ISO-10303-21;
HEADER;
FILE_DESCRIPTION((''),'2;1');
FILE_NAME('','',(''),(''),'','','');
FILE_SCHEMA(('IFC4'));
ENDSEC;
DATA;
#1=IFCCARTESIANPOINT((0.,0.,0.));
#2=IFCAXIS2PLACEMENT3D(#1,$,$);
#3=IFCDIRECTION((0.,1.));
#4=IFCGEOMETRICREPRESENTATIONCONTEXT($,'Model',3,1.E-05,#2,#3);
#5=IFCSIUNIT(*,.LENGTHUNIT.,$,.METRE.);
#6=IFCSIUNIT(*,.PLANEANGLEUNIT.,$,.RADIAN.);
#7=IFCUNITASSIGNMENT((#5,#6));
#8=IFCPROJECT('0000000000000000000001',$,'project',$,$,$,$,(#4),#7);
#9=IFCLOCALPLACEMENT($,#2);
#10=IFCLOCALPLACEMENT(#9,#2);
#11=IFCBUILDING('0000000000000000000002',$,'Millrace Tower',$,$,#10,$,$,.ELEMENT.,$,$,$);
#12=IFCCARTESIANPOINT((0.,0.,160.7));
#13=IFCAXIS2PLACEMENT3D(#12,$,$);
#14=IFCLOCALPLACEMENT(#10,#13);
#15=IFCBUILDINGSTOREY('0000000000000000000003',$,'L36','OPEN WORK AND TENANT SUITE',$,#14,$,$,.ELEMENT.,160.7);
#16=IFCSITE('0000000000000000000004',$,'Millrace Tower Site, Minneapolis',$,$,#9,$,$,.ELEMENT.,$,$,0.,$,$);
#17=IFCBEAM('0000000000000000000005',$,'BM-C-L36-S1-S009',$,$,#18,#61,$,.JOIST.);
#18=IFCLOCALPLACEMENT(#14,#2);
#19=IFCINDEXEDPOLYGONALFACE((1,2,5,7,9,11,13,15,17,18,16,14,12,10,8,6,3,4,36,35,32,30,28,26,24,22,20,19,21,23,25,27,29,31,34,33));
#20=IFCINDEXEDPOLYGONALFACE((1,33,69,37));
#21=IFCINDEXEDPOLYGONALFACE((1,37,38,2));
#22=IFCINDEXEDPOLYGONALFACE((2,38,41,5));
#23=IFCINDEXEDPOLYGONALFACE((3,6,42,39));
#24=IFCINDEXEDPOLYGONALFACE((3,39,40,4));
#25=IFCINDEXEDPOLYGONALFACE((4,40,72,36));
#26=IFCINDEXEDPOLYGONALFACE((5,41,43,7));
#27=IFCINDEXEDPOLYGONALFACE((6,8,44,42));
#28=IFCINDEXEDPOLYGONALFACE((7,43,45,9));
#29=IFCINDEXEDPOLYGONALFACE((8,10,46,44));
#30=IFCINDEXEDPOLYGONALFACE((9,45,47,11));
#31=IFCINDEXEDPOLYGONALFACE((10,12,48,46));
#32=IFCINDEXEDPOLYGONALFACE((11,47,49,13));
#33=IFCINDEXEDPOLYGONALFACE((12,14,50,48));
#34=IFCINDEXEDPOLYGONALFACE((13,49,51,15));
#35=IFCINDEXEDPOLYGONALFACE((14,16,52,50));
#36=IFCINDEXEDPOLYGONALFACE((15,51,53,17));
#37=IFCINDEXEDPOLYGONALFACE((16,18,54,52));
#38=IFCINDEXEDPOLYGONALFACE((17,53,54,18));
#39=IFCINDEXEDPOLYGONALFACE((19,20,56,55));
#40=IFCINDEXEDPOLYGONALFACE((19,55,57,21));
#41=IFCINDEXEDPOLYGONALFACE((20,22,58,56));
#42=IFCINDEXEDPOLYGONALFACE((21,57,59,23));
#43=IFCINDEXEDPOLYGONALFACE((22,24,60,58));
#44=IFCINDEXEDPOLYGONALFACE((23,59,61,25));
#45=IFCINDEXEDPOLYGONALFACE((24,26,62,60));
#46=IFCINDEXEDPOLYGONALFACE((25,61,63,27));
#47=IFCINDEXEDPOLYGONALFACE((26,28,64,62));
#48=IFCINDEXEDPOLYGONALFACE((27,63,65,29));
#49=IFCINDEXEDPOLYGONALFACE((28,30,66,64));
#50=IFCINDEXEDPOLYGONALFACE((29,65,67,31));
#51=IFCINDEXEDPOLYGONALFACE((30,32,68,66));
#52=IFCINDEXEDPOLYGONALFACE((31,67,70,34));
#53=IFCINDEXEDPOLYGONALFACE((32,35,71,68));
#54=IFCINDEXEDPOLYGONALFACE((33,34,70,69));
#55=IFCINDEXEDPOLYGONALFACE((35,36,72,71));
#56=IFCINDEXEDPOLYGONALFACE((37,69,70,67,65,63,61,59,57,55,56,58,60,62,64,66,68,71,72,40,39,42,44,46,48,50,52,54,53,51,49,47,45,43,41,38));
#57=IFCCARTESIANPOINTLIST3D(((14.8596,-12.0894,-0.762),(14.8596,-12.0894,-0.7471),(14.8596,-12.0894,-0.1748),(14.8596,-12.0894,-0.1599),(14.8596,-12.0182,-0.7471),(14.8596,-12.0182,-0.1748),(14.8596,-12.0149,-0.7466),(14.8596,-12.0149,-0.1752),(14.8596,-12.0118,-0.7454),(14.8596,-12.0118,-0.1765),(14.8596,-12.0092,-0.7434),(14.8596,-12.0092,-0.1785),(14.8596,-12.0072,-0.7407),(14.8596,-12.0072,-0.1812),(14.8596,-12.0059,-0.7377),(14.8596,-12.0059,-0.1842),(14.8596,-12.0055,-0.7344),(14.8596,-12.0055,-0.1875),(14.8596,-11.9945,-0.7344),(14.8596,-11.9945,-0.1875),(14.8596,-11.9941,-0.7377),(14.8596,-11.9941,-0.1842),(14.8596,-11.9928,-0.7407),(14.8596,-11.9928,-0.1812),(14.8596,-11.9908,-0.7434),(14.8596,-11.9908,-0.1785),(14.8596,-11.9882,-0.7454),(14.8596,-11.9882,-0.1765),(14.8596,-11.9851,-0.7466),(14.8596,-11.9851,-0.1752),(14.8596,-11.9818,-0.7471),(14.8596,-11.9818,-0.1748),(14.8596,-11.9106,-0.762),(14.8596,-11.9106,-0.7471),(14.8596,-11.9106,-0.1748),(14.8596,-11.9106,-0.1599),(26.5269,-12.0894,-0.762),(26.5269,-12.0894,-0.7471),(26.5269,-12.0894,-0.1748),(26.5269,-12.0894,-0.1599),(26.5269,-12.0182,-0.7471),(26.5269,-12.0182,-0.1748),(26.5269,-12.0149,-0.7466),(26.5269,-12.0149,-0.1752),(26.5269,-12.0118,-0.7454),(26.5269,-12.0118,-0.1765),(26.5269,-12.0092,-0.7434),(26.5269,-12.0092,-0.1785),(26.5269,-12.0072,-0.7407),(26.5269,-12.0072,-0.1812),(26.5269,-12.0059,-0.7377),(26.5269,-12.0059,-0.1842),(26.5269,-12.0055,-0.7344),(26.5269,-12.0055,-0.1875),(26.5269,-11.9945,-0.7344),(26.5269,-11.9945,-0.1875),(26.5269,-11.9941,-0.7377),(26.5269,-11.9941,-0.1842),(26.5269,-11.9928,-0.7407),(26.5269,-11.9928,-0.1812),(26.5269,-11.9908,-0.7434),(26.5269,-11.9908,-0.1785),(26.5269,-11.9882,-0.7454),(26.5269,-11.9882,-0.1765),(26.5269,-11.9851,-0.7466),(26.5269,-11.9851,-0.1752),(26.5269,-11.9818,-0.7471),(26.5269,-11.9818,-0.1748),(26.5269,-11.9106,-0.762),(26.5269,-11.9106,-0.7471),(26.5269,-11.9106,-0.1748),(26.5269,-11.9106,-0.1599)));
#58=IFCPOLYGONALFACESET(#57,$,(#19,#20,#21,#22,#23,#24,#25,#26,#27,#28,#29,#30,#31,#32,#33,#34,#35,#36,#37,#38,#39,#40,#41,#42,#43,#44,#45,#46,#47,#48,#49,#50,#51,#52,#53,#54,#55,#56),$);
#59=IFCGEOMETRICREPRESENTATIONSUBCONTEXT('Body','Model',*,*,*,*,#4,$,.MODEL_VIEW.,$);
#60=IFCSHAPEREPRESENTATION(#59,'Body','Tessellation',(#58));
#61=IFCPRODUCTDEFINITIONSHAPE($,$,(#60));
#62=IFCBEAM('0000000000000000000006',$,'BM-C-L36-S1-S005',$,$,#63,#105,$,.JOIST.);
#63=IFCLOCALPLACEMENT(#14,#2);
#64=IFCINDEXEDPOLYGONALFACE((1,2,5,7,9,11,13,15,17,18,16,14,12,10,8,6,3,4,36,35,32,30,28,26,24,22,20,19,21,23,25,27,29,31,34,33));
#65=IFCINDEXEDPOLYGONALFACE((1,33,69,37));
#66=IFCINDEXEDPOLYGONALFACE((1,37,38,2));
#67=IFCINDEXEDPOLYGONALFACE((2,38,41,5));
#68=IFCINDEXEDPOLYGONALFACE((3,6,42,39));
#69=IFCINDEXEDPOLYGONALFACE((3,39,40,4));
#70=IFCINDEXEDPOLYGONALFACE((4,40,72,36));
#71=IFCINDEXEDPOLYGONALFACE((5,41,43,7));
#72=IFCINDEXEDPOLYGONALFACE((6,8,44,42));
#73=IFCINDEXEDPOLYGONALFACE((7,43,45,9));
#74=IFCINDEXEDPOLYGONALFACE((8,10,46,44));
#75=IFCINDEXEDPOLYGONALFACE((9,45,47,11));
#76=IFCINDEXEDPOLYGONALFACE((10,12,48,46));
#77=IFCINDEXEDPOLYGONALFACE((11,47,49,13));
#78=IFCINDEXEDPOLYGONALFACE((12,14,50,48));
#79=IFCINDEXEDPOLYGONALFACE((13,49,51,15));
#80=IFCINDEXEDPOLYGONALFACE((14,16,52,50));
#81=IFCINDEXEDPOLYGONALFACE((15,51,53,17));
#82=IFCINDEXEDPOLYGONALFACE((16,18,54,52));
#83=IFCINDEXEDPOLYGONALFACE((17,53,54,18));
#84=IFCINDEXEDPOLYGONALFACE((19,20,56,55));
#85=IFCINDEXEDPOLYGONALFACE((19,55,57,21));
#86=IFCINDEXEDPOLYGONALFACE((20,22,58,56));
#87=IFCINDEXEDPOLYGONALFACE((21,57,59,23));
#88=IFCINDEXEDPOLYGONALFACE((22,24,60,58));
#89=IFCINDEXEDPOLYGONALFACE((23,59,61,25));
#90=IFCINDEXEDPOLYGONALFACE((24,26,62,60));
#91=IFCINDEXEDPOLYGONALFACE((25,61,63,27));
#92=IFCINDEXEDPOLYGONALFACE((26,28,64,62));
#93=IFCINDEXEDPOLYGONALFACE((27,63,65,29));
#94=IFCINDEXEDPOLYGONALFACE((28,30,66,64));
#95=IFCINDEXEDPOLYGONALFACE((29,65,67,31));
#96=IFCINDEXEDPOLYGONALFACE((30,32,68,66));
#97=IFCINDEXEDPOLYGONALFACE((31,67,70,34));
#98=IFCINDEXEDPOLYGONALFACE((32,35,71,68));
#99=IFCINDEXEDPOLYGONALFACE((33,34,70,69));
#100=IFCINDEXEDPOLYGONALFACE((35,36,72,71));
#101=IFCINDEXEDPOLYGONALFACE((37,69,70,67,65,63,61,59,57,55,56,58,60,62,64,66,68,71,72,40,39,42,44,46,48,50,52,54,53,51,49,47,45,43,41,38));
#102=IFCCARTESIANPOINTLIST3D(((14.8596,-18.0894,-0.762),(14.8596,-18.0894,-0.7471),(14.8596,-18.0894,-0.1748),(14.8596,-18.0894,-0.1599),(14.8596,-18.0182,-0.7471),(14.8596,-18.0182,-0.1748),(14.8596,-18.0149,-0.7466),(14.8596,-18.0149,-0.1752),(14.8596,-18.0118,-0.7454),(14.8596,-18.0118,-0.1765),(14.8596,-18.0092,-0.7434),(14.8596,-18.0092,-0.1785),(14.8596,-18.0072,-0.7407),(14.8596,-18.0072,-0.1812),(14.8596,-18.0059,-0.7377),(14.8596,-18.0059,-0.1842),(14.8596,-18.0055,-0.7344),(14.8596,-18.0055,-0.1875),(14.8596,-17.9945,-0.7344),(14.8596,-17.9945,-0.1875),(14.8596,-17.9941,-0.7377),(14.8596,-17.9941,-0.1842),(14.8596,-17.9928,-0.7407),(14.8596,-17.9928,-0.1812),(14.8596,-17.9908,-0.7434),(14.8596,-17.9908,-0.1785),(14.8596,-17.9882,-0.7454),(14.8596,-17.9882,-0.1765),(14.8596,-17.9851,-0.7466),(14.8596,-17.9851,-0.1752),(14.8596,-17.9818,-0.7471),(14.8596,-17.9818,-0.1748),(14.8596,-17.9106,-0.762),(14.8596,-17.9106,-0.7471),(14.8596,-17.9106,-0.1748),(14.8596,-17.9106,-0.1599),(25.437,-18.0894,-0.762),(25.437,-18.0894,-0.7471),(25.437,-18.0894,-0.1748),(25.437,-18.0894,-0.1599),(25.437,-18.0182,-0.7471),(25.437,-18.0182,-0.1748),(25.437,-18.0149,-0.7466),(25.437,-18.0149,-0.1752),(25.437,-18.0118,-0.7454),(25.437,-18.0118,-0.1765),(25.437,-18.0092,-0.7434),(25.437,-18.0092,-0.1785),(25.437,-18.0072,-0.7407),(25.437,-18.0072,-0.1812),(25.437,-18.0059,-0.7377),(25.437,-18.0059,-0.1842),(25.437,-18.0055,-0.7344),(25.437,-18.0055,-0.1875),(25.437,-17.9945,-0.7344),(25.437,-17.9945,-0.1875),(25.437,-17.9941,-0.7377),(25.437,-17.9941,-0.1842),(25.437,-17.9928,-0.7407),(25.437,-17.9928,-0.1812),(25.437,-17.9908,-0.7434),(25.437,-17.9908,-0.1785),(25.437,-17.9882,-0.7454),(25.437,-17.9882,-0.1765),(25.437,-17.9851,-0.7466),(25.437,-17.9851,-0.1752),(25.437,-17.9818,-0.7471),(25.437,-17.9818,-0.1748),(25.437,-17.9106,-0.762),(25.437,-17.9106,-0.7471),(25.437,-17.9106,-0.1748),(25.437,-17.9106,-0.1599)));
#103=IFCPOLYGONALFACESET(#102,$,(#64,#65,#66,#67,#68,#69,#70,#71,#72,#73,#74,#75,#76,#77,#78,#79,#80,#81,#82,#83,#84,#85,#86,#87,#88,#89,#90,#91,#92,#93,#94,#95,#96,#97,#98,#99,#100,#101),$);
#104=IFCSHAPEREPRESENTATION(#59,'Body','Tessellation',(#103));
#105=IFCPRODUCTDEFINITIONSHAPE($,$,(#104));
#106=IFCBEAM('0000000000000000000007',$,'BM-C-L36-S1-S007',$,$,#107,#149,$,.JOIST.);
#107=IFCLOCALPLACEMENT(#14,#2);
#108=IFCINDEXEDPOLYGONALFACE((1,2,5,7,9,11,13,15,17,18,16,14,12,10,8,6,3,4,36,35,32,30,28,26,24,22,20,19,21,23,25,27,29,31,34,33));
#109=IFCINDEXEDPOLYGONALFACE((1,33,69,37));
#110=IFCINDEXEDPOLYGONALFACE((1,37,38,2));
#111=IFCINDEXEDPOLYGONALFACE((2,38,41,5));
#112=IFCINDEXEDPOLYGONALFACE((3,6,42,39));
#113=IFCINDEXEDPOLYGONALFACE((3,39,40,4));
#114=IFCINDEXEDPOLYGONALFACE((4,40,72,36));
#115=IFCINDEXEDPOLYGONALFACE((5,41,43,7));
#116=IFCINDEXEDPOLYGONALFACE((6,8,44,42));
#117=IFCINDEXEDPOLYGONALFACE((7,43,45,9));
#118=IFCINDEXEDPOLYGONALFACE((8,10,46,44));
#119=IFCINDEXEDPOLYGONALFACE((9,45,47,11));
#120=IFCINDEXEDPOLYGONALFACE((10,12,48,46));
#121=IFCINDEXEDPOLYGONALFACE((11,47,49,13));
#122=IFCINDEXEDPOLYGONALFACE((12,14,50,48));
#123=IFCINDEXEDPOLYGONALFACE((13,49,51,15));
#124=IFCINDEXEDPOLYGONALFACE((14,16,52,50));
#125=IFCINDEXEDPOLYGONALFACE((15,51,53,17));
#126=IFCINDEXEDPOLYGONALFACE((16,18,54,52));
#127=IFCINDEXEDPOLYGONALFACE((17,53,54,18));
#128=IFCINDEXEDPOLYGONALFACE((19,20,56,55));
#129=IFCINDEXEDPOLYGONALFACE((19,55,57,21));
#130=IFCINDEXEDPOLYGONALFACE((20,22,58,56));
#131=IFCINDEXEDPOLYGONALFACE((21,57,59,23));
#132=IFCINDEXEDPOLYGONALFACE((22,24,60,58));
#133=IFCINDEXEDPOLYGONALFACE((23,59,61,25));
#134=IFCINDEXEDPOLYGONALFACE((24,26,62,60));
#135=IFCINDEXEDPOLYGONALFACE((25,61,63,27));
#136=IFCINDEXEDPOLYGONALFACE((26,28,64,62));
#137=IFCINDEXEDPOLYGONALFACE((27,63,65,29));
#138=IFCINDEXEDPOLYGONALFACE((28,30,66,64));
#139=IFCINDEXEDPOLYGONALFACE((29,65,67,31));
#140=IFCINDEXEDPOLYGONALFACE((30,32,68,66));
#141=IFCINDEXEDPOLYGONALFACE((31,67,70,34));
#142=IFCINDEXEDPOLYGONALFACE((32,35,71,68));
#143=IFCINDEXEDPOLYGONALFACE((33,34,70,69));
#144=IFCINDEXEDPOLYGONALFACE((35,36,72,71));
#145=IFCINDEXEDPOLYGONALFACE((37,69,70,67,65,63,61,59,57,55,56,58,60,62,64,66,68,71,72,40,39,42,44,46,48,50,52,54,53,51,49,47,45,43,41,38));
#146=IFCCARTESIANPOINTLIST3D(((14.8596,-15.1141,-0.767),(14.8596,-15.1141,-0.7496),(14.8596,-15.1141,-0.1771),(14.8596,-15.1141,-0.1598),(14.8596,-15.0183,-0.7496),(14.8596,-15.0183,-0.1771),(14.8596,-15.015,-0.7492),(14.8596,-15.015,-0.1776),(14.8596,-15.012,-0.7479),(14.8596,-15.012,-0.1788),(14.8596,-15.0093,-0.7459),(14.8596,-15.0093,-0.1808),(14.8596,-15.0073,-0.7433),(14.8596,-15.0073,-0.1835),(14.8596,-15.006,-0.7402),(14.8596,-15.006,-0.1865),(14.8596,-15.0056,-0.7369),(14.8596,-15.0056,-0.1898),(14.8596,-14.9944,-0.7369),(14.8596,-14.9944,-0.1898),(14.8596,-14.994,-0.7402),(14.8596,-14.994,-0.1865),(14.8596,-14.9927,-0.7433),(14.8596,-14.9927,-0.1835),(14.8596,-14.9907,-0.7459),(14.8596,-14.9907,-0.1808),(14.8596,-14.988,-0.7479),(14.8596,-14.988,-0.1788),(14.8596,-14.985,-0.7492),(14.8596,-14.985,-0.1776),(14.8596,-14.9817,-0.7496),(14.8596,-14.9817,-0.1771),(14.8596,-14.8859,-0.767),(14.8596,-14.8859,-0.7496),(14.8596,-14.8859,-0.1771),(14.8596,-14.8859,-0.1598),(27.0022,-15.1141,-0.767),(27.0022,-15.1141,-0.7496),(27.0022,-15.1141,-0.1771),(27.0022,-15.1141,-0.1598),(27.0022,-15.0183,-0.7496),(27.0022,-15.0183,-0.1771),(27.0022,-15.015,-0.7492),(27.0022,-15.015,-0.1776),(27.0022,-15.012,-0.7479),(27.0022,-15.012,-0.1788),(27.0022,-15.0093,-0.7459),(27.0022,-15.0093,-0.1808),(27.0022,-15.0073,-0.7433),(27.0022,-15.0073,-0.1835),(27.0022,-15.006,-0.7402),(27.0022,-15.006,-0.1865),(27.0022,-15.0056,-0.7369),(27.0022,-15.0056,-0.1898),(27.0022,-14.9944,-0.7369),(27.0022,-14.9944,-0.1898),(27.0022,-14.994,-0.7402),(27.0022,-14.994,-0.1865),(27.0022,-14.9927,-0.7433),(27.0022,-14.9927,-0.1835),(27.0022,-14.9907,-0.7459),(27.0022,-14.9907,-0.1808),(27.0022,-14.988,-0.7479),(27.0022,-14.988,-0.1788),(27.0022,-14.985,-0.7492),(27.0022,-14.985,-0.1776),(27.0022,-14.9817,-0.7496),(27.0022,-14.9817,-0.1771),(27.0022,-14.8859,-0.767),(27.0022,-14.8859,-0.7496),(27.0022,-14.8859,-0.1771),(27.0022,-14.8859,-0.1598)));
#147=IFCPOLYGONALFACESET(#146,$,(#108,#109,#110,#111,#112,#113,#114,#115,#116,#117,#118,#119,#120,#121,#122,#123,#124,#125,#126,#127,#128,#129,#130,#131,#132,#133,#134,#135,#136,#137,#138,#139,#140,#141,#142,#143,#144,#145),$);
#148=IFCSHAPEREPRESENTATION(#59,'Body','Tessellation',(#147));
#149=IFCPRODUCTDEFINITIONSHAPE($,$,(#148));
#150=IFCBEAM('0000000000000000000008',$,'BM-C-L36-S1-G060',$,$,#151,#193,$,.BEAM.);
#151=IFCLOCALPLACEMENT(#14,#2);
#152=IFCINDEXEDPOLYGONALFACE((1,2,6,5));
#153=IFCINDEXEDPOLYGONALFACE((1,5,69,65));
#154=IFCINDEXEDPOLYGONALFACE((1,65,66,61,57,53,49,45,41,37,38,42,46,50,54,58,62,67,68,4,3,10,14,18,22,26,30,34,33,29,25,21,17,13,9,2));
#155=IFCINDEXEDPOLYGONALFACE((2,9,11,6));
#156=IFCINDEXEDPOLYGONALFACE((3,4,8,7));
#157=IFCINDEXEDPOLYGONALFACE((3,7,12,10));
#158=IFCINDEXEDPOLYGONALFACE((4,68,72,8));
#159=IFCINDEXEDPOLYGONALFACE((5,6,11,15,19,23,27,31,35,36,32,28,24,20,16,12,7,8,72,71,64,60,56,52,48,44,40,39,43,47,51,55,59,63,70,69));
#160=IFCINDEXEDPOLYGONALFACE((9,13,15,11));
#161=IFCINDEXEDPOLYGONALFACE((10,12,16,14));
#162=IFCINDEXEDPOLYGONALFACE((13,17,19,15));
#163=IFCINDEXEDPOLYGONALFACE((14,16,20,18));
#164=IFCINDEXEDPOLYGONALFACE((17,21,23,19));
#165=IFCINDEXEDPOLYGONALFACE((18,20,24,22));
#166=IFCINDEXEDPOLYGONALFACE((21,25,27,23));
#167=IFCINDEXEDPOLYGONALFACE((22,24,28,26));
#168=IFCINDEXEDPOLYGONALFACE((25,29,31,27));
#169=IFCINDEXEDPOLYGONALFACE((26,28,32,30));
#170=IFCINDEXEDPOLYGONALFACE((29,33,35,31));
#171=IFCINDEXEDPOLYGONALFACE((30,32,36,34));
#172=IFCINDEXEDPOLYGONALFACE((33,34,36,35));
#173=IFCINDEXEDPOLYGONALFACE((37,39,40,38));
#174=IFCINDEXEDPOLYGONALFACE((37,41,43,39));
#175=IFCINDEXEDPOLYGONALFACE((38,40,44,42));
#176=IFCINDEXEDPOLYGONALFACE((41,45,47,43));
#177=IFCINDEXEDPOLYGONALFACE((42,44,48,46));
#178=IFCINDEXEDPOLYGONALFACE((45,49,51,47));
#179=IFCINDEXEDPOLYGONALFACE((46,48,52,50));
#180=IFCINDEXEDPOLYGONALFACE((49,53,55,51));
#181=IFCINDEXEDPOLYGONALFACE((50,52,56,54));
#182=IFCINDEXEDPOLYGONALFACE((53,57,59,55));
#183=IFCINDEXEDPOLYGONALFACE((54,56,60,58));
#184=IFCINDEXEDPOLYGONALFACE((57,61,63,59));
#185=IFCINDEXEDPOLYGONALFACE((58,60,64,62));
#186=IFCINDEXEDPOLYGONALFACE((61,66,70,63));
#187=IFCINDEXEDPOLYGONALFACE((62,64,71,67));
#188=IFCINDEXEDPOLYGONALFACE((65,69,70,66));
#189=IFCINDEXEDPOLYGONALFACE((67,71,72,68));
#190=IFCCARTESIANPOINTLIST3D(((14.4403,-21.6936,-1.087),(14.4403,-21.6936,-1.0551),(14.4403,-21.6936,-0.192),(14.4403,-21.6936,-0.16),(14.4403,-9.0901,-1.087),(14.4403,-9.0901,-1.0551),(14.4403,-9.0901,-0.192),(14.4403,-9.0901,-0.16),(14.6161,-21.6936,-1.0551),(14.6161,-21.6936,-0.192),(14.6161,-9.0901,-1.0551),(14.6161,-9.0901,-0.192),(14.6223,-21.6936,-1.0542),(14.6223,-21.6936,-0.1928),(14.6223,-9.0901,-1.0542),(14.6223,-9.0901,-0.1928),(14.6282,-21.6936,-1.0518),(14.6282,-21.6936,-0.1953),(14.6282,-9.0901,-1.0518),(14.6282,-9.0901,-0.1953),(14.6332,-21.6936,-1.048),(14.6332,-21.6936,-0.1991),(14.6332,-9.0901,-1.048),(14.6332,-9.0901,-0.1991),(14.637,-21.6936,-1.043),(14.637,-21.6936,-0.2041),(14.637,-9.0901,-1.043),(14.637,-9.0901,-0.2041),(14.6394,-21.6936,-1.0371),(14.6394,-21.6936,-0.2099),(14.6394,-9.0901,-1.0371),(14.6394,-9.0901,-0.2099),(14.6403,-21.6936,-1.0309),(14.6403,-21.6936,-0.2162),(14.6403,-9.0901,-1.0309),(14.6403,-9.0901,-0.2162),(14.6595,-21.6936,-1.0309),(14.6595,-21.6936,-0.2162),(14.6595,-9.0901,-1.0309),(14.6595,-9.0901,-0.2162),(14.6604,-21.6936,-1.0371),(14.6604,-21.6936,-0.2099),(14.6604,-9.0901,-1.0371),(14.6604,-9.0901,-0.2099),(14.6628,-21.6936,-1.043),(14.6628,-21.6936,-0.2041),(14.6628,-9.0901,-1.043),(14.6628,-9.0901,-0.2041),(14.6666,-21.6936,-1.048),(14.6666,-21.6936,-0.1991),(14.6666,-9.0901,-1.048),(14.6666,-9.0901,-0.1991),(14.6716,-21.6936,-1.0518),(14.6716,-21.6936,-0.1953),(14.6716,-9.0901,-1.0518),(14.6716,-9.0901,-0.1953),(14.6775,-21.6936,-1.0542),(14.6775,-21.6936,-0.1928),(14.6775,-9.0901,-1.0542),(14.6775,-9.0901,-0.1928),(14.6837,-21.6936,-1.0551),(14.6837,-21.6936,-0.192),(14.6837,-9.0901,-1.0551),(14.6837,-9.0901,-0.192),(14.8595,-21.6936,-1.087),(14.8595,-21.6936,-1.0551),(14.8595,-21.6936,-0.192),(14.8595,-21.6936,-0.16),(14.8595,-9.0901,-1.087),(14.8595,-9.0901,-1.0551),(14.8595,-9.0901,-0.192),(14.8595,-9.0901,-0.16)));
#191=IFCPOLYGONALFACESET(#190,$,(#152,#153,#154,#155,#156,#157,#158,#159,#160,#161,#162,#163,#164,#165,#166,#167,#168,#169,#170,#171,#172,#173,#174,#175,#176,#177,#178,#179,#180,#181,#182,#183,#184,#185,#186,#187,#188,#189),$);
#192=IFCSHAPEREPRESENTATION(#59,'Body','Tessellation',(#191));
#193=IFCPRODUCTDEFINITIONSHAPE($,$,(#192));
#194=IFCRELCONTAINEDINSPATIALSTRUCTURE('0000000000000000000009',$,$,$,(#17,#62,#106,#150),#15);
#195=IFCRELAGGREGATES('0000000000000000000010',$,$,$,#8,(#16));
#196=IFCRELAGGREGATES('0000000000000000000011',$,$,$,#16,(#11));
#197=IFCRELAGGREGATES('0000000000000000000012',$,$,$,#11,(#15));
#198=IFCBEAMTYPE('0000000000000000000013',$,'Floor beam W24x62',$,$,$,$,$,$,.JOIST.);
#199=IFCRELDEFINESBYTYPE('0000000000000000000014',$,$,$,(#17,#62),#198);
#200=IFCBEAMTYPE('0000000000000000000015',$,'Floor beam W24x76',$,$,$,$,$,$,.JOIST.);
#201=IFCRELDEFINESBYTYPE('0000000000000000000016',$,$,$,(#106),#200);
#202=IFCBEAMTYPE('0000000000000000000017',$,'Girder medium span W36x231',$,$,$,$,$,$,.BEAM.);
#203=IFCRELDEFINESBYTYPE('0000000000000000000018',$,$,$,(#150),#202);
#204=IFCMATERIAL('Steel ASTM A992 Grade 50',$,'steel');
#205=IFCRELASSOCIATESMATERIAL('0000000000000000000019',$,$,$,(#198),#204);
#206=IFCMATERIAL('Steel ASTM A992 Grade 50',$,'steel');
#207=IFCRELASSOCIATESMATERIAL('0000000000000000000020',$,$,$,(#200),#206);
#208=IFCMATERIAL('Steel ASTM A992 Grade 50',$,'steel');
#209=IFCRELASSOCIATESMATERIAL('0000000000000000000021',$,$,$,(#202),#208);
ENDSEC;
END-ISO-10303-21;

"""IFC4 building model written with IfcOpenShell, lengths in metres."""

from ifc_helpers import new_model, si_unit, direction, frame, origin, origin_2d, place, context, subcontext, project, spatial, i_section, extrude, material, material_profile, profile_set, type_object, element, save


model = new_model("IFC4")

# Units and contexts
model_context = context("Model", 3, precision=1e-05, world=origin(), true_north=direction((0.0, 1.0)))
body_context = subcontext(model_context, "Body", "Model", "MODEL_VIEW")
ifc_project = project(units=[si_unit("LENGTHUNIT", "METRE"), si_unit("PLANEANGLEUNIT", "RADIAN")], contexts=[model_context])

# Site, building, storey
site_placement = place(None, origin())
site = spatial("IfcSite", under=ifc_project, at=site_placement, Name="Millrace Tower Site, Minneapolis", CompositionType="ELEMENT", RefElevation=0.0)
building_placement = place(site_placement, origin())
building = spatial("IfcBuilding", under=site, at=building_placement, Name="Millrace Tower", CompositionType="ELEMENT")
storey_placement = place(building_placement, frame((0.0, 0.0, 160.7)))
storey = spatial("IfcBuildingStorey", under=building, at=storey_placement, Name="L36", Description="OPEN WORK AND TENANT SUITE", CompositionType="ELEMENT", Elevation=160.7)

# Beams
ifc_material_1 = material(Name="Steel ASTM A992 Grade 50", Category="steel")
ifc_material_profile_1 = material_profile(ifc_material_1, i_section(OverallWidth=0.1787, OverallDepth=0.6021, WebThickness=0.011, FlangeThickness=0.0149, FilletRadius=0.0127, at=origin_2d()))
ifc_profile_set_1 = profile_set([ifc_material_profile_1], Name="Steel ASTM A992 Grade 50")
beam_type_1 = type_object("IfcBeamType", Name="Floor beam W24x62", PredefinedType="JOIST", material=ifc_profile_set_1)
beam_1_placement = place(storey_placement, frame((14.8596, -12.0, -0.4609), z_axis=(1.0, 0.0, 0.0), x_axis=(0.0, 1.0, 0.0)))
element("IfcBeam", 1, at=beam_1_placement, inside=storey, type_object=beam_type_1, Name="BM-C-L36-S1-S009", PredefinedType="JOIST", context=body_context, shape_type="SweptSolid", body=[
    extrude(i_section(OverallWidth=0.1787, OverallDepth=0.6021, WebThickness=0.011, FlangeThickness=0.0149, FilletRadius=0.0127, at=origin_2d()), origin(), (0.0, 0.0, 1.0), 11.6672),
])
beam_2_placement = place(storey_placement, frame((14.8596, -18.0, -0.4609), z_axis=(1.0, 0.0, 0.0), x_axis=(0.0, 1.0, 0.0)))
element("IfcBeam", 2, at=beam_2_placement, inside=storey, type_object=beam_type_1, Name="BM-C-L36-S1-S005", PredefinedType="JOIST", context=body_context, shape_type="SweptSolid", body=[
    extrude(i_section(OverallWidth=0.1787, OverallDepth=0.6021, WebThickness=0.011, FlangeThickness=0.0149, FilletRadius=0.0127, at=origin_2d()), origin(), (0.0, 0.0, 1.0), 10.5774),
])
ifc_material_2 = material(Name="Steel ASTM A992 Grade 50", Category="steel")
ifc_material_profile_2 = material_profile(ifc_material_2, i_section(OverallWidth=0.2283, OverallDepth=0.6072, WebThickness=0.0112, FlangeThickness=0.0173, FilletRadius=0.0127, at=origin_2d()))
ifc_profile_set_2 = profile_set([ifc_material_profile_2], Name="Steel ASTM A992 Grade 50")
beam_type_2 = type_object("IfcBeamType", Name="Floor beam W24x76", PredefinedType="JOIST", material=ifc_profile_set_2)
beam_3_placement = place(storey_placement, frame((14.8596, -15.0, -0.4634), z_axis=(1.0, 0.0, 0.0), x_axis=(0.0, 1.0, 0.0)))
element("IfcBeam", 3, at=beam_3_placement, inside=storey, type_object=beam_type_2, Name="BM-C-L36-S1-S007", PredefinedType="JOIST", context=body_context, shape_type="SweptSolid", body=[
    extrude(i_section(OverallWidth=0.2283, OverallDepth=0.6072, WebThickness=0.0112, FlangeThickness=0.0173, FilletRadius=0.0127, at=origin_2d()), origin(), (0.0, 0.0, 1.0), 12.1426),
])
ifc_material_3 = material(Name="Steel ASTM A992 Grade 50", Category="steel")
ifc_material_profile_3 = material_profile(ifc_material_3, i_section(OverallWidth=0.4192, OverallDepth=0.927, WebThickness=0.0193, FlangeThickness=0.032, FilletRadius=0.0242, at=origin_2d()))
ifc_profile_set_3 = profile_set([ifc_material_profile_3], Name="Steel ASTM A992 Grade 50")
beam_type_3 = type_object("IfcBeamType", Name="Girder medium span W36x231", PredefinedType="BEAM", material=ifc_profile_set_3)
beam_4_placement = place(storey_placement, frame((14.6499, -21.6936, -0.6235), z_axis=(0.0, 1.0, 0.0), x_axis=(-1.0, 0.0, 0.0)))
element("IfcBeam", 4, at=beam_4_placement, inside=storey, type_object=beam_type_3, Name="BM-C-L36-S1-G060", PredefinedType="BEAM", context=body_context, shape_type="SweptSolid", body=[
    extrude(i_section(OverallWidth=0.4192, OverallDepth=0.927, WebThickness=0.0193, FlangeThickness=0.032, FilletRadius=0.0242, at=origin_2d()), origin(), (0.0, 0.0, 1.0), 12.6035),
])

save(model, "model.ifc")
